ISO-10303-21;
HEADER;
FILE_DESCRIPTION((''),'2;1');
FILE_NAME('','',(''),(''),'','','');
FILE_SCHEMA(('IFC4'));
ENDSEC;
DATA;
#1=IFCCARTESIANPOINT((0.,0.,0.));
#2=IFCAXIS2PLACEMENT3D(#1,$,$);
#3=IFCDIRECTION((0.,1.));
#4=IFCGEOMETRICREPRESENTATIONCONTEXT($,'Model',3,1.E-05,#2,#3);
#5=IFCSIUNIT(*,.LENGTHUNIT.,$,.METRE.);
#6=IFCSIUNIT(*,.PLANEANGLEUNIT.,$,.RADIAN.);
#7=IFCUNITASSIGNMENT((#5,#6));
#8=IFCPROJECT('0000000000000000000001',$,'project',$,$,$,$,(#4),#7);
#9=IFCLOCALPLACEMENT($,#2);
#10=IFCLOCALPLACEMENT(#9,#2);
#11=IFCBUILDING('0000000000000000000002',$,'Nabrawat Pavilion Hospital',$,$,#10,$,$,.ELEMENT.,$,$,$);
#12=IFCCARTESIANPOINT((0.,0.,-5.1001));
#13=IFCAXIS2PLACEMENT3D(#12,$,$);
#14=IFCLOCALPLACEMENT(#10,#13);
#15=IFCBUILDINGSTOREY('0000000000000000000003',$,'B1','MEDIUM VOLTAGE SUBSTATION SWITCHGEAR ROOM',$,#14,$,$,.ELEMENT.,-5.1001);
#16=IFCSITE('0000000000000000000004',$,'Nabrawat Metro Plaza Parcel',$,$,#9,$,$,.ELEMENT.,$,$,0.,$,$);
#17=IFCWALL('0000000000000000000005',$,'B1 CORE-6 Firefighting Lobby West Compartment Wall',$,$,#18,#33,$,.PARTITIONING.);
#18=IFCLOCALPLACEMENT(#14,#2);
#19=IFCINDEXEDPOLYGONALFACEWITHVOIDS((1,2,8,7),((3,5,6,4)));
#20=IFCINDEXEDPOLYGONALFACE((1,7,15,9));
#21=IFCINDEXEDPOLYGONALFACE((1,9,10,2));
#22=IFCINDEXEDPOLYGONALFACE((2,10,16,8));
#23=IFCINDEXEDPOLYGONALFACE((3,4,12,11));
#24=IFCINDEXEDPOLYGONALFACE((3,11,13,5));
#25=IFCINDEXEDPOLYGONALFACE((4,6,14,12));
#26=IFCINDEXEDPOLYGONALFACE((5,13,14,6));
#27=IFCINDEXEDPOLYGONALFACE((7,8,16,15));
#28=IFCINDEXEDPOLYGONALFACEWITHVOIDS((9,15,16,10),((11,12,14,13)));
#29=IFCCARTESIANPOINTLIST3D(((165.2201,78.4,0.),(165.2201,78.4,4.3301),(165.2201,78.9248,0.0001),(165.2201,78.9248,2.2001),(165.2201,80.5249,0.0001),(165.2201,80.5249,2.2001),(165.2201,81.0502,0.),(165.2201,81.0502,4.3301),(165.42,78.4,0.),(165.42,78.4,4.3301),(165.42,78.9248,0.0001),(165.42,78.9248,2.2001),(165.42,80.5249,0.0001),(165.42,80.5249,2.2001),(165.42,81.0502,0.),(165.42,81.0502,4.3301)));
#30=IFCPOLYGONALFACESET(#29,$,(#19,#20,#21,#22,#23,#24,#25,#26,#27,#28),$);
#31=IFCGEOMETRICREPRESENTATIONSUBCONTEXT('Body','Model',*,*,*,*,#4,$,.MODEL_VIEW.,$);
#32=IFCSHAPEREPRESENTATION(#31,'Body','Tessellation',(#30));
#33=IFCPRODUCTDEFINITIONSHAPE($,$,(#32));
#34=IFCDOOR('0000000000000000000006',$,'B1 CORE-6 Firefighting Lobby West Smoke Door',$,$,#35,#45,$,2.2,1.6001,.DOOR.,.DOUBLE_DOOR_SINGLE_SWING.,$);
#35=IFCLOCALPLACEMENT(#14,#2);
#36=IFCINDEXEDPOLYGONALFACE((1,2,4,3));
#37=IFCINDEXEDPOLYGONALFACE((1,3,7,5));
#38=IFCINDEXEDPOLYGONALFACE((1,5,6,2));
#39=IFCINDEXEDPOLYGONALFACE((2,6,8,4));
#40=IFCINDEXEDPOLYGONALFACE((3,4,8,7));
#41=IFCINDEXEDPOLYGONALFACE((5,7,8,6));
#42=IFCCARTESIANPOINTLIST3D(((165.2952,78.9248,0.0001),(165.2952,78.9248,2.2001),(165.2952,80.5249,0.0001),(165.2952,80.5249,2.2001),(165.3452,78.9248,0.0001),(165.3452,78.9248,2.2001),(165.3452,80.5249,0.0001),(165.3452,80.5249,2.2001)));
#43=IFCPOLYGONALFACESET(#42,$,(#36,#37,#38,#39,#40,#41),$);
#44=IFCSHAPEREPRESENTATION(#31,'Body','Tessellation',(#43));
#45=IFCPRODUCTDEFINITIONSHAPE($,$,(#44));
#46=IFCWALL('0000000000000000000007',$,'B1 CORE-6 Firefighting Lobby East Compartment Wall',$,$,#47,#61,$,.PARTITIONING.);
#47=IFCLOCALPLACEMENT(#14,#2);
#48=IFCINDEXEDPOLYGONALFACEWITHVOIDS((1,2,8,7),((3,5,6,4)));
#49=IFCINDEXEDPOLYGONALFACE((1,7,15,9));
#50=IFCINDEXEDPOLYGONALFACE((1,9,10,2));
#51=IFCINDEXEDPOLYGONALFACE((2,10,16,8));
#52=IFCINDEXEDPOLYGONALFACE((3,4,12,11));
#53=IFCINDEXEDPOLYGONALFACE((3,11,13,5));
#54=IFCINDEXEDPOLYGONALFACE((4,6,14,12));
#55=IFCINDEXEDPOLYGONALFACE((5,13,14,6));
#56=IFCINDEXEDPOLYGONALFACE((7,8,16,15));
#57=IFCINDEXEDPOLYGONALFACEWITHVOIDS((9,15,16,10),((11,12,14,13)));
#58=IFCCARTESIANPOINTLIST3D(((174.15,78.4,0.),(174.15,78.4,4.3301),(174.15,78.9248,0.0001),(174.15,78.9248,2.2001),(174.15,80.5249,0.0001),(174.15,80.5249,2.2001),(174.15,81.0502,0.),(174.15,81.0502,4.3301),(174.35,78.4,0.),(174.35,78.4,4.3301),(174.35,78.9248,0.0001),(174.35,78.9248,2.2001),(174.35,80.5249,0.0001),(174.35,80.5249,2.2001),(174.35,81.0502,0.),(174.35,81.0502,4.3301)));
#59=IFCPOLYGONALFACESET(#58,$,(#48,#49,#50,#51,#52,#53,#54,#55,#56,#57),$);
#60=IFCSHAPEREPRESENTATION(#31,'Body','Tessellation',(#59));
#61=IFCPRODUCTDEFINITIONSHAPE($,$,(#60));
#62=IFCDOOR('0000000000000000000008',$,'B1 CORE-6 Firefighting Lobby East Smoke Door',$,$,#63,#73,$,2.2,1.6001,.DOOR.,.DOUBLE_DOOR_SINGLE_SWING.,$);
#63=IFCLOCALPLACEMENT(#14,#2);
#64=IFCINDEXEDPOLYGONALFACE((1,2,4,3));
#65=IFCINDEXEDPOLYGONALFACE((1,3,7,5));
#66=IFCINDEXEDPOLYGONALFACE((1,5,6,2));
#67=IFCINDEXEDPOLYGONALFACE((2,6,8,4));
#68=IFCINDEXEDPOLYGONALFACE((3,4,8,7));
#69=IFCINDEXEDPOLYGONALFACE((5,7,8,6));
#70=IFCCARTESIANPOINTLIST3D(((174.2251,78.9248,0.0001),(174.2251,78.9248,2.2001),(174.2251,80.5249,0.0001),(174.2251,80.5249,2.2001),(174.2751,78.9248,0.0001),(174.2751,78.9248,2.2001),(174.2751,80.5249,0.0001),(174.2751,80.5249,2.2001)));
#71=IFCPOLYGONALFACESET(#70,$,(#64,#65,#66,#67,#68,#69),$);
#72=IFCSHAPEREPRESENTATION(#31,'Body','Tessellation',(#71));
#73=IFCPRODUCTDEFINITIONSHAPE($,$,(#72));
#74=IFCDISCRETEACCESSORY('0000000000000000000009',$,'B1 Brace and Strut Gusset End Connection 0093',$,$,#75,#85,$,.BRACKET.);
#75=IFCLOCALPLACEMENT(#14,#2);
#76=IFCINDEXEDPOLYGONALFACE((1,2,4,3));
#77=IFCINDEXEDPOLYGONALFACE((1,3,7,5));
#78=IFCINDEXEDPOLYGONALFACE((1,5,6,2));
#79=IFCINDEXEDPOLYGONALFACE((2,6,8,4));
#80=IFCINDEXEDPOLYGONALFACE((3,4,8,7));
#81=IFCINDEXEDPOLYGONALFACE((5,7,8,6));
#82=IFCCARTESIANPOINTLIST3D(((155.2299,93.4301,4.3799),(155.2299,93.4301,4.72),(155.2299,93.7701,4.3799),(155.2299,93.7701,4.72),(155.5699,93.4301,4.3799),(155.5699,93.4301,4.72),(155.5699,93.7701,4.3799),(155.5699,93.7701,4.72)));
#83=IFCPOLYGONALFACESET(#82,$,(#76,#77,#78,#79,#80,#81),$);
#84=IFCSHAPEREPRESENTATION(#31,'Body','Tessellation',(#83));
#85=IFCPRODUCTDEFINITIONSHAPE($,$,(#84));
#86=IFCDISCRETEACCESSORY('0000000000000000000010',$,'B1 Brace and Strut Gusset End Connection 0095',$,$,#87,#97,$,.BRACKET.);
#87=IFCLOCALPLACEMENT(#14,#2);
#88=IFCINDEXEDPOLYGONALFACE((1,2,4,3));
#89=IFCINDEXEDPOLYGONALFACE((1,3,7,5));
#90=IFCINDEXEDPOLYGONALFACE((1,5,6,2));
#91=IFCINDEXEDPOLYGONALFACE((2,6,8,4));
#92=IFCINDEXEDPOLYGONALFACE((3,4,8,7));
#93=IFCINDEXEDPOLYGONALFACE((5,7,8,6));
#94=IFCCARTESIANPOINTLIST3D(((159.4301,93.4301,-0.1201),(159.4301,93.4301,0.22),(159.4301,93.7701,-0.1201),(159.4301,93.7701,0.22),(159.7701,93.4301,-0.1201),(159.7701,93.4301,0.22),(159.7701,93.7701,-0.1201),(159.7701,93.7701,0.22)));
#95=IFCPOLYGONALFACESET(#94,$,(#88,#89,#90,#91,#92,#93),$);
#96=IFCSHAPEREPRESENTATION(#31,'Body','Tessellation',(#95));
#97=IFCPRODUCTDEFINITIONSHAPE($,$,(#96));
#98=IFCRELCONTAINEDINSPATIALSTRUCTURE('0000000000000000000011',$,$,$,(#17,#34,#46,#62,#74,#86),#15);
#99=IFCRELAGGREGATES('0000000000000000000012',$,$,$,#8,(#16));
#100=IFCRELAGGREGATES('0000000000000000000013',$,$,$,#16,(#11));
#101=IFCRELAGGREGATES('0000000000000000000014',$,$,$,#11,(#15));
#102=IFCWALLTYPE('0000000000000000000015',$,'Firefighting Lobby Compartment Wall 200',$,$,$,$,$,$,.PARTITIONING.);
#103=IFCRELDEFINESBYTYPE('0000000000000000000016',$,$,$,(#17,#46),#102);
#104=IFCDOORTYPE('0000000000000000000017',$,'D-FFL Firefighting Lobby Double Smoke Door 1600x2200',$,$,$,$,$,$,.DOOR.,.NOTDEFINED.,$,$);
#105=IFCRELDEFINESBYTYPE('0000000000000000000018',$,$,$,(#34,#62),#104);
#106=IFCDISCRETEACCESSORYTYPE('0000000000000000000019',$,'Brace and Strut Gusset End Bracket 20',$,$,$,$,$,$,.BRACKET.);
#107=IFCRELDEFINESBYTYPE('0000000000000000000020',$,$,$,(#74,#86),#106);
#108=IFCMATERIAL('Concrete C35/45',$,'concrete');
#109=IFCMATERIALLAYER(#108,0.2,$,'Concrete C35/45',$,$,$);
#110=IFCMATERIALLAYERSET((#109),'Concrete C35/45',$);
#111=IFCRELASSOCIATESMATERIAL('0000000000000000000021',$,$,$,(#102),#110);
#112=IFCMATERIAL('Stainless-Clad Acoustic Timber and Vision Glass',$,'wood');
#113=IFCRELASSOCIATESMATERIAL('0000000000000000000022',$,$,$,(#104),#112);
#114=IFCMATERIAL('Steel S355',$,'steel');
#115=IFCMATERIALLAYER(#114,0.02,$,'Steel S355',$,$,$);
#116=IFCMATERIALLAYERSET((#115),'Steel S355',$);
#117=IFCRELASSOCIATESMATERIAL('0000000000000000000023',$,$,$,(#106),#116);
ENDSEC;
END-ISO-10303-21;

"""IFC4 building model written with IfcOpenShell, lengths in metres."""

from ifc_helpers import new_model, si_unit, direction, frame, frame_2d, origin, origin_2d, place, context, subcontext, project, spatial, rectangle, extrude, material, layer, layer_set, type_object, element, fill, save


model = new_model("IFC4")

# Units and contexts
model_context = context("Model", 3, precision=1e-05, world=origin(), true_north=direction((0.0, 1.0)))
body_context = subcontext(model_context, "Body", "Model", "MODEL_VIEW")
ifc_project = project(units=[si_unit("LENGTHUNIT", "METRE"), si_unit("PLANEANGLEUNIT", "RADIAN")], contexts=[model_context])

# Site, building, storey
site_placement = place(None, origin())
site = spatial("IfcSite", under=ifc_project, at=site_placement, Name="Nabrawat Metro Plaza Parcel", CompositionType="ELEMENT", RefElevation=0.0)
building_placement = place(site_placement, origin())
building = spatial("IfcBuilding", under=site, at=building_placement, Name="Nabrawat Pavilion Hospital", CompositionType="ELEMENT")
storey_placement = place(building_placement, frame((0.0, 0.0, -5.1001)))
storey = spatial("IfcBuildingStorey", under=building, at=storey_placement, Name="B1", Description="MEDIUM VOLTAGE SUBSTATION SWITCHGEAR ROOM", CompositionType="ELEMENT", Elevation=-5.1001)

# Shared definitions
ifc_material_1 = material(Name="Concrete C35/45", Category="concrete")

# Shared definitions
ifc_material_2 = material(Name="Steel S355", Category="steel")

# Shared definitions
ifc_layer_1 = layer(ifc_material_1, 0.2, Name="Concrete C35/45")
ifc_layer_set_1 = layer_set([ifc_layer_1], Name="Concrete C35/45")
wall_type = type_object("IfcWallType", Name="Firefighting Lobby Compartment Wall 200", PredefinedType="PARTITIONING", material=ifc_layer_set_1)

# Walls, openings, doors
wall_1_placement = place(storey_placement, frame((165.3201, 78.3999, 0.0), z_axis=(0.0, 0.0, 1.0), x_axis=(0.0, 1.0, 0.0)))
wall_1 = element("IfcWall", 1, at=wall_1_placement, inside=storey, type_object=wall_type, Name="B1 CORE-6 Firefighting Lobby West Compartment Wall", PredefinedType="PARTITIONING", context=body_context, shape_type="SweptSolid", body=[
    extrude(rectangle(XDim=2.6501, YDim=0.2, at=frame_2d((1.3252, 0.0))), origin(), (0.0, 0.0, 1.0), 4.3301),
])
opening_1_placement = place(wall_1_placement, frame((0.5249, 0.0, 0.0)))
opening_1 = element("IfcOpeningElement", 2, at=opening_1_placement, cuts=wall_1, PredefinedType="OPENING", context=body_context, shape_type="SweptSolid", body=[
    extrude(rectangle(XDim=1.6001, YDim=2.2, at=frame_2d((0.8, 1.1001))), frame((0.0, 0.1099, 0.0), z_axis=(0.0, -1.0, 0.0), x_axis=(1.0, 0.0, 0.0)), (0.0, 0.0, 1.0), 0.22),
])
ifc_material_3 = material(Name="Stainless-Clad Acoustic Timber and Vision Glass", Category="wood")
door_type = type_object("IfcDoorType", Name="D-FFL Firefighting Lobby Double Smoke Door 1600x2200", OperationType="NOTDEFINED", PredefinedType="DOOR", material=ifc_material_3)
door_1_placement = place(opening_1_placement, origin())
door_1 = element("IfcDoor", 3, at=door_1_placement, inside=storey, type_object=door_type, Name="B1 CORE-6 Firefighting Lobby West Smoke Door", OperationType="DOUBLE_DOOR_SINGLE_SWING", OverallHeight=2.2, OverallWidth=1.6001, PredefinedType="DOOR", context=body_context, shape_type="SweptSolid", body=[
    extrude(rectangle(XDim=1.6001, YDim=2.2, at=frame_2d((0.8, 1.1001))), frame((0.0, 0.0249, 0.0), z_axis=(0.0, -1.0, 0.0), x_axis=(1.0, 0.0, 0.0)), (0.0, 0.0, 1.0), 0.05),
])
fill(opening_1, door_1)
wall_2_placement = place(storey_placement, frame((174.25, 78.3999, 0.0), z_axis=(0.0, 0.0, 1.0), x_axis=(0.0, 1.0, 0.0)))
wall_2 = element("IfcWall", 4, at=wall_2_placement, inside=storey, type_object=wall_type, Name="B1 CORE-6 Firefighting Lobby East Compartment Wall", PredefinedType="PARTITIONING", context=body_context, shape_type="SweptSolid", body=[
    extrude(rectangle(XDim=2.6501, YDim=0.2, at=frame_2d((1.3252, 0.0))), origin(), (0.0, 0.0, 1.0), 4.3301),
])
opening_2_placement = place(wall_2_placement, frame((0.5249, 0.0, 0.0)))
opening_2 = element("IfcOpeningElement", 5, at=opening_2_placement, cuts=wall_2, PredefinedType="OPENING", context=body_context, shape_type="SweptSolid", body=[
    extrude(rectangle(XDim=1.6001, YDim=2.2, at=frame_2d((0.8, 1.1001))), frame((0.0, 0.1099, 0.0), z_axis=(0.0, -1.0, 0.0), x_axis=(1.0, 0.0, 0.0)), (0.0, 0.0, 1.0), 0.22),
])
door_2_placement = place(opening_2_placement, origin())
door_2 = element("IfcDoor", 6, at=door_2_placement, inside=storey, type_object=door_type, Name="B1 CORE-6 Firefighting Lobby East Smoke Door", OperationType="DOUBLE_DOOR_SINGLE_SWING", OverallHeight=2.2, OverallWidth=1.6001, PredefinedType="DOOR", context=body_context, shape_type="SweptSolid", body=[
    extrude(rectangle(XDim=1.6001, YDim=2.2, at=frame_2d((0.8, 1.1001))), frame((0.0, 0.0249, 0.0), z_axis=(0.0, -1.0, 0.0), x_axis=(1.0, 0.0, 0.0)), (0.0, 0.0, 1.0), 0.05),
])
fill(opening_2, door_2)

# Discrete accessories
ifc_layer_2 = layer(ifc_material_2, 0.02, Name="Steel S355")
ifc_layer_set_2 = layer_set([ifc_layer_2], Name="Steel S355")
discrete_accessory_type = type_object("IfcDiscreteAccessoryType", Name="Brace and Strut Gusset End Bracket 20", PredefinedType="BRACKET", material=ifc_layer_set_2)
for number, where, z_axis, x_axis, name in (
    (7, (155.3999, 93.6001, 4.3799), (0.0, 0.0, 1.0), (1.0, 0.0, 0.0), "B1 Brace and Strut Gusset End Connection 0093"),
    (8, (159.6001, 93.6001, -0.1201), (0.0, 0.0, 1.0), (1.0, 0.0, 0.0), "B1 Brace and Strut Gusset End Connection 0095"),
):
    element("IfcDiscreteAccessory", number, at=place(storey_placement, frame(where, z_axis=z_axis, x_axis=x_axis)), inside=storey, type_object=discrete_accessory_type, Name=name, PredefinedType="BRACKET", context=body_context, shape_type="SweptSolid", body=[
        extrude(rectangle(XDim=0.3401, YDim=0.3401, at=origin_2d()), origin(), (0.0, 0.0, 1.0), 0.3401),
    ])

save(model, "model.ifc")
